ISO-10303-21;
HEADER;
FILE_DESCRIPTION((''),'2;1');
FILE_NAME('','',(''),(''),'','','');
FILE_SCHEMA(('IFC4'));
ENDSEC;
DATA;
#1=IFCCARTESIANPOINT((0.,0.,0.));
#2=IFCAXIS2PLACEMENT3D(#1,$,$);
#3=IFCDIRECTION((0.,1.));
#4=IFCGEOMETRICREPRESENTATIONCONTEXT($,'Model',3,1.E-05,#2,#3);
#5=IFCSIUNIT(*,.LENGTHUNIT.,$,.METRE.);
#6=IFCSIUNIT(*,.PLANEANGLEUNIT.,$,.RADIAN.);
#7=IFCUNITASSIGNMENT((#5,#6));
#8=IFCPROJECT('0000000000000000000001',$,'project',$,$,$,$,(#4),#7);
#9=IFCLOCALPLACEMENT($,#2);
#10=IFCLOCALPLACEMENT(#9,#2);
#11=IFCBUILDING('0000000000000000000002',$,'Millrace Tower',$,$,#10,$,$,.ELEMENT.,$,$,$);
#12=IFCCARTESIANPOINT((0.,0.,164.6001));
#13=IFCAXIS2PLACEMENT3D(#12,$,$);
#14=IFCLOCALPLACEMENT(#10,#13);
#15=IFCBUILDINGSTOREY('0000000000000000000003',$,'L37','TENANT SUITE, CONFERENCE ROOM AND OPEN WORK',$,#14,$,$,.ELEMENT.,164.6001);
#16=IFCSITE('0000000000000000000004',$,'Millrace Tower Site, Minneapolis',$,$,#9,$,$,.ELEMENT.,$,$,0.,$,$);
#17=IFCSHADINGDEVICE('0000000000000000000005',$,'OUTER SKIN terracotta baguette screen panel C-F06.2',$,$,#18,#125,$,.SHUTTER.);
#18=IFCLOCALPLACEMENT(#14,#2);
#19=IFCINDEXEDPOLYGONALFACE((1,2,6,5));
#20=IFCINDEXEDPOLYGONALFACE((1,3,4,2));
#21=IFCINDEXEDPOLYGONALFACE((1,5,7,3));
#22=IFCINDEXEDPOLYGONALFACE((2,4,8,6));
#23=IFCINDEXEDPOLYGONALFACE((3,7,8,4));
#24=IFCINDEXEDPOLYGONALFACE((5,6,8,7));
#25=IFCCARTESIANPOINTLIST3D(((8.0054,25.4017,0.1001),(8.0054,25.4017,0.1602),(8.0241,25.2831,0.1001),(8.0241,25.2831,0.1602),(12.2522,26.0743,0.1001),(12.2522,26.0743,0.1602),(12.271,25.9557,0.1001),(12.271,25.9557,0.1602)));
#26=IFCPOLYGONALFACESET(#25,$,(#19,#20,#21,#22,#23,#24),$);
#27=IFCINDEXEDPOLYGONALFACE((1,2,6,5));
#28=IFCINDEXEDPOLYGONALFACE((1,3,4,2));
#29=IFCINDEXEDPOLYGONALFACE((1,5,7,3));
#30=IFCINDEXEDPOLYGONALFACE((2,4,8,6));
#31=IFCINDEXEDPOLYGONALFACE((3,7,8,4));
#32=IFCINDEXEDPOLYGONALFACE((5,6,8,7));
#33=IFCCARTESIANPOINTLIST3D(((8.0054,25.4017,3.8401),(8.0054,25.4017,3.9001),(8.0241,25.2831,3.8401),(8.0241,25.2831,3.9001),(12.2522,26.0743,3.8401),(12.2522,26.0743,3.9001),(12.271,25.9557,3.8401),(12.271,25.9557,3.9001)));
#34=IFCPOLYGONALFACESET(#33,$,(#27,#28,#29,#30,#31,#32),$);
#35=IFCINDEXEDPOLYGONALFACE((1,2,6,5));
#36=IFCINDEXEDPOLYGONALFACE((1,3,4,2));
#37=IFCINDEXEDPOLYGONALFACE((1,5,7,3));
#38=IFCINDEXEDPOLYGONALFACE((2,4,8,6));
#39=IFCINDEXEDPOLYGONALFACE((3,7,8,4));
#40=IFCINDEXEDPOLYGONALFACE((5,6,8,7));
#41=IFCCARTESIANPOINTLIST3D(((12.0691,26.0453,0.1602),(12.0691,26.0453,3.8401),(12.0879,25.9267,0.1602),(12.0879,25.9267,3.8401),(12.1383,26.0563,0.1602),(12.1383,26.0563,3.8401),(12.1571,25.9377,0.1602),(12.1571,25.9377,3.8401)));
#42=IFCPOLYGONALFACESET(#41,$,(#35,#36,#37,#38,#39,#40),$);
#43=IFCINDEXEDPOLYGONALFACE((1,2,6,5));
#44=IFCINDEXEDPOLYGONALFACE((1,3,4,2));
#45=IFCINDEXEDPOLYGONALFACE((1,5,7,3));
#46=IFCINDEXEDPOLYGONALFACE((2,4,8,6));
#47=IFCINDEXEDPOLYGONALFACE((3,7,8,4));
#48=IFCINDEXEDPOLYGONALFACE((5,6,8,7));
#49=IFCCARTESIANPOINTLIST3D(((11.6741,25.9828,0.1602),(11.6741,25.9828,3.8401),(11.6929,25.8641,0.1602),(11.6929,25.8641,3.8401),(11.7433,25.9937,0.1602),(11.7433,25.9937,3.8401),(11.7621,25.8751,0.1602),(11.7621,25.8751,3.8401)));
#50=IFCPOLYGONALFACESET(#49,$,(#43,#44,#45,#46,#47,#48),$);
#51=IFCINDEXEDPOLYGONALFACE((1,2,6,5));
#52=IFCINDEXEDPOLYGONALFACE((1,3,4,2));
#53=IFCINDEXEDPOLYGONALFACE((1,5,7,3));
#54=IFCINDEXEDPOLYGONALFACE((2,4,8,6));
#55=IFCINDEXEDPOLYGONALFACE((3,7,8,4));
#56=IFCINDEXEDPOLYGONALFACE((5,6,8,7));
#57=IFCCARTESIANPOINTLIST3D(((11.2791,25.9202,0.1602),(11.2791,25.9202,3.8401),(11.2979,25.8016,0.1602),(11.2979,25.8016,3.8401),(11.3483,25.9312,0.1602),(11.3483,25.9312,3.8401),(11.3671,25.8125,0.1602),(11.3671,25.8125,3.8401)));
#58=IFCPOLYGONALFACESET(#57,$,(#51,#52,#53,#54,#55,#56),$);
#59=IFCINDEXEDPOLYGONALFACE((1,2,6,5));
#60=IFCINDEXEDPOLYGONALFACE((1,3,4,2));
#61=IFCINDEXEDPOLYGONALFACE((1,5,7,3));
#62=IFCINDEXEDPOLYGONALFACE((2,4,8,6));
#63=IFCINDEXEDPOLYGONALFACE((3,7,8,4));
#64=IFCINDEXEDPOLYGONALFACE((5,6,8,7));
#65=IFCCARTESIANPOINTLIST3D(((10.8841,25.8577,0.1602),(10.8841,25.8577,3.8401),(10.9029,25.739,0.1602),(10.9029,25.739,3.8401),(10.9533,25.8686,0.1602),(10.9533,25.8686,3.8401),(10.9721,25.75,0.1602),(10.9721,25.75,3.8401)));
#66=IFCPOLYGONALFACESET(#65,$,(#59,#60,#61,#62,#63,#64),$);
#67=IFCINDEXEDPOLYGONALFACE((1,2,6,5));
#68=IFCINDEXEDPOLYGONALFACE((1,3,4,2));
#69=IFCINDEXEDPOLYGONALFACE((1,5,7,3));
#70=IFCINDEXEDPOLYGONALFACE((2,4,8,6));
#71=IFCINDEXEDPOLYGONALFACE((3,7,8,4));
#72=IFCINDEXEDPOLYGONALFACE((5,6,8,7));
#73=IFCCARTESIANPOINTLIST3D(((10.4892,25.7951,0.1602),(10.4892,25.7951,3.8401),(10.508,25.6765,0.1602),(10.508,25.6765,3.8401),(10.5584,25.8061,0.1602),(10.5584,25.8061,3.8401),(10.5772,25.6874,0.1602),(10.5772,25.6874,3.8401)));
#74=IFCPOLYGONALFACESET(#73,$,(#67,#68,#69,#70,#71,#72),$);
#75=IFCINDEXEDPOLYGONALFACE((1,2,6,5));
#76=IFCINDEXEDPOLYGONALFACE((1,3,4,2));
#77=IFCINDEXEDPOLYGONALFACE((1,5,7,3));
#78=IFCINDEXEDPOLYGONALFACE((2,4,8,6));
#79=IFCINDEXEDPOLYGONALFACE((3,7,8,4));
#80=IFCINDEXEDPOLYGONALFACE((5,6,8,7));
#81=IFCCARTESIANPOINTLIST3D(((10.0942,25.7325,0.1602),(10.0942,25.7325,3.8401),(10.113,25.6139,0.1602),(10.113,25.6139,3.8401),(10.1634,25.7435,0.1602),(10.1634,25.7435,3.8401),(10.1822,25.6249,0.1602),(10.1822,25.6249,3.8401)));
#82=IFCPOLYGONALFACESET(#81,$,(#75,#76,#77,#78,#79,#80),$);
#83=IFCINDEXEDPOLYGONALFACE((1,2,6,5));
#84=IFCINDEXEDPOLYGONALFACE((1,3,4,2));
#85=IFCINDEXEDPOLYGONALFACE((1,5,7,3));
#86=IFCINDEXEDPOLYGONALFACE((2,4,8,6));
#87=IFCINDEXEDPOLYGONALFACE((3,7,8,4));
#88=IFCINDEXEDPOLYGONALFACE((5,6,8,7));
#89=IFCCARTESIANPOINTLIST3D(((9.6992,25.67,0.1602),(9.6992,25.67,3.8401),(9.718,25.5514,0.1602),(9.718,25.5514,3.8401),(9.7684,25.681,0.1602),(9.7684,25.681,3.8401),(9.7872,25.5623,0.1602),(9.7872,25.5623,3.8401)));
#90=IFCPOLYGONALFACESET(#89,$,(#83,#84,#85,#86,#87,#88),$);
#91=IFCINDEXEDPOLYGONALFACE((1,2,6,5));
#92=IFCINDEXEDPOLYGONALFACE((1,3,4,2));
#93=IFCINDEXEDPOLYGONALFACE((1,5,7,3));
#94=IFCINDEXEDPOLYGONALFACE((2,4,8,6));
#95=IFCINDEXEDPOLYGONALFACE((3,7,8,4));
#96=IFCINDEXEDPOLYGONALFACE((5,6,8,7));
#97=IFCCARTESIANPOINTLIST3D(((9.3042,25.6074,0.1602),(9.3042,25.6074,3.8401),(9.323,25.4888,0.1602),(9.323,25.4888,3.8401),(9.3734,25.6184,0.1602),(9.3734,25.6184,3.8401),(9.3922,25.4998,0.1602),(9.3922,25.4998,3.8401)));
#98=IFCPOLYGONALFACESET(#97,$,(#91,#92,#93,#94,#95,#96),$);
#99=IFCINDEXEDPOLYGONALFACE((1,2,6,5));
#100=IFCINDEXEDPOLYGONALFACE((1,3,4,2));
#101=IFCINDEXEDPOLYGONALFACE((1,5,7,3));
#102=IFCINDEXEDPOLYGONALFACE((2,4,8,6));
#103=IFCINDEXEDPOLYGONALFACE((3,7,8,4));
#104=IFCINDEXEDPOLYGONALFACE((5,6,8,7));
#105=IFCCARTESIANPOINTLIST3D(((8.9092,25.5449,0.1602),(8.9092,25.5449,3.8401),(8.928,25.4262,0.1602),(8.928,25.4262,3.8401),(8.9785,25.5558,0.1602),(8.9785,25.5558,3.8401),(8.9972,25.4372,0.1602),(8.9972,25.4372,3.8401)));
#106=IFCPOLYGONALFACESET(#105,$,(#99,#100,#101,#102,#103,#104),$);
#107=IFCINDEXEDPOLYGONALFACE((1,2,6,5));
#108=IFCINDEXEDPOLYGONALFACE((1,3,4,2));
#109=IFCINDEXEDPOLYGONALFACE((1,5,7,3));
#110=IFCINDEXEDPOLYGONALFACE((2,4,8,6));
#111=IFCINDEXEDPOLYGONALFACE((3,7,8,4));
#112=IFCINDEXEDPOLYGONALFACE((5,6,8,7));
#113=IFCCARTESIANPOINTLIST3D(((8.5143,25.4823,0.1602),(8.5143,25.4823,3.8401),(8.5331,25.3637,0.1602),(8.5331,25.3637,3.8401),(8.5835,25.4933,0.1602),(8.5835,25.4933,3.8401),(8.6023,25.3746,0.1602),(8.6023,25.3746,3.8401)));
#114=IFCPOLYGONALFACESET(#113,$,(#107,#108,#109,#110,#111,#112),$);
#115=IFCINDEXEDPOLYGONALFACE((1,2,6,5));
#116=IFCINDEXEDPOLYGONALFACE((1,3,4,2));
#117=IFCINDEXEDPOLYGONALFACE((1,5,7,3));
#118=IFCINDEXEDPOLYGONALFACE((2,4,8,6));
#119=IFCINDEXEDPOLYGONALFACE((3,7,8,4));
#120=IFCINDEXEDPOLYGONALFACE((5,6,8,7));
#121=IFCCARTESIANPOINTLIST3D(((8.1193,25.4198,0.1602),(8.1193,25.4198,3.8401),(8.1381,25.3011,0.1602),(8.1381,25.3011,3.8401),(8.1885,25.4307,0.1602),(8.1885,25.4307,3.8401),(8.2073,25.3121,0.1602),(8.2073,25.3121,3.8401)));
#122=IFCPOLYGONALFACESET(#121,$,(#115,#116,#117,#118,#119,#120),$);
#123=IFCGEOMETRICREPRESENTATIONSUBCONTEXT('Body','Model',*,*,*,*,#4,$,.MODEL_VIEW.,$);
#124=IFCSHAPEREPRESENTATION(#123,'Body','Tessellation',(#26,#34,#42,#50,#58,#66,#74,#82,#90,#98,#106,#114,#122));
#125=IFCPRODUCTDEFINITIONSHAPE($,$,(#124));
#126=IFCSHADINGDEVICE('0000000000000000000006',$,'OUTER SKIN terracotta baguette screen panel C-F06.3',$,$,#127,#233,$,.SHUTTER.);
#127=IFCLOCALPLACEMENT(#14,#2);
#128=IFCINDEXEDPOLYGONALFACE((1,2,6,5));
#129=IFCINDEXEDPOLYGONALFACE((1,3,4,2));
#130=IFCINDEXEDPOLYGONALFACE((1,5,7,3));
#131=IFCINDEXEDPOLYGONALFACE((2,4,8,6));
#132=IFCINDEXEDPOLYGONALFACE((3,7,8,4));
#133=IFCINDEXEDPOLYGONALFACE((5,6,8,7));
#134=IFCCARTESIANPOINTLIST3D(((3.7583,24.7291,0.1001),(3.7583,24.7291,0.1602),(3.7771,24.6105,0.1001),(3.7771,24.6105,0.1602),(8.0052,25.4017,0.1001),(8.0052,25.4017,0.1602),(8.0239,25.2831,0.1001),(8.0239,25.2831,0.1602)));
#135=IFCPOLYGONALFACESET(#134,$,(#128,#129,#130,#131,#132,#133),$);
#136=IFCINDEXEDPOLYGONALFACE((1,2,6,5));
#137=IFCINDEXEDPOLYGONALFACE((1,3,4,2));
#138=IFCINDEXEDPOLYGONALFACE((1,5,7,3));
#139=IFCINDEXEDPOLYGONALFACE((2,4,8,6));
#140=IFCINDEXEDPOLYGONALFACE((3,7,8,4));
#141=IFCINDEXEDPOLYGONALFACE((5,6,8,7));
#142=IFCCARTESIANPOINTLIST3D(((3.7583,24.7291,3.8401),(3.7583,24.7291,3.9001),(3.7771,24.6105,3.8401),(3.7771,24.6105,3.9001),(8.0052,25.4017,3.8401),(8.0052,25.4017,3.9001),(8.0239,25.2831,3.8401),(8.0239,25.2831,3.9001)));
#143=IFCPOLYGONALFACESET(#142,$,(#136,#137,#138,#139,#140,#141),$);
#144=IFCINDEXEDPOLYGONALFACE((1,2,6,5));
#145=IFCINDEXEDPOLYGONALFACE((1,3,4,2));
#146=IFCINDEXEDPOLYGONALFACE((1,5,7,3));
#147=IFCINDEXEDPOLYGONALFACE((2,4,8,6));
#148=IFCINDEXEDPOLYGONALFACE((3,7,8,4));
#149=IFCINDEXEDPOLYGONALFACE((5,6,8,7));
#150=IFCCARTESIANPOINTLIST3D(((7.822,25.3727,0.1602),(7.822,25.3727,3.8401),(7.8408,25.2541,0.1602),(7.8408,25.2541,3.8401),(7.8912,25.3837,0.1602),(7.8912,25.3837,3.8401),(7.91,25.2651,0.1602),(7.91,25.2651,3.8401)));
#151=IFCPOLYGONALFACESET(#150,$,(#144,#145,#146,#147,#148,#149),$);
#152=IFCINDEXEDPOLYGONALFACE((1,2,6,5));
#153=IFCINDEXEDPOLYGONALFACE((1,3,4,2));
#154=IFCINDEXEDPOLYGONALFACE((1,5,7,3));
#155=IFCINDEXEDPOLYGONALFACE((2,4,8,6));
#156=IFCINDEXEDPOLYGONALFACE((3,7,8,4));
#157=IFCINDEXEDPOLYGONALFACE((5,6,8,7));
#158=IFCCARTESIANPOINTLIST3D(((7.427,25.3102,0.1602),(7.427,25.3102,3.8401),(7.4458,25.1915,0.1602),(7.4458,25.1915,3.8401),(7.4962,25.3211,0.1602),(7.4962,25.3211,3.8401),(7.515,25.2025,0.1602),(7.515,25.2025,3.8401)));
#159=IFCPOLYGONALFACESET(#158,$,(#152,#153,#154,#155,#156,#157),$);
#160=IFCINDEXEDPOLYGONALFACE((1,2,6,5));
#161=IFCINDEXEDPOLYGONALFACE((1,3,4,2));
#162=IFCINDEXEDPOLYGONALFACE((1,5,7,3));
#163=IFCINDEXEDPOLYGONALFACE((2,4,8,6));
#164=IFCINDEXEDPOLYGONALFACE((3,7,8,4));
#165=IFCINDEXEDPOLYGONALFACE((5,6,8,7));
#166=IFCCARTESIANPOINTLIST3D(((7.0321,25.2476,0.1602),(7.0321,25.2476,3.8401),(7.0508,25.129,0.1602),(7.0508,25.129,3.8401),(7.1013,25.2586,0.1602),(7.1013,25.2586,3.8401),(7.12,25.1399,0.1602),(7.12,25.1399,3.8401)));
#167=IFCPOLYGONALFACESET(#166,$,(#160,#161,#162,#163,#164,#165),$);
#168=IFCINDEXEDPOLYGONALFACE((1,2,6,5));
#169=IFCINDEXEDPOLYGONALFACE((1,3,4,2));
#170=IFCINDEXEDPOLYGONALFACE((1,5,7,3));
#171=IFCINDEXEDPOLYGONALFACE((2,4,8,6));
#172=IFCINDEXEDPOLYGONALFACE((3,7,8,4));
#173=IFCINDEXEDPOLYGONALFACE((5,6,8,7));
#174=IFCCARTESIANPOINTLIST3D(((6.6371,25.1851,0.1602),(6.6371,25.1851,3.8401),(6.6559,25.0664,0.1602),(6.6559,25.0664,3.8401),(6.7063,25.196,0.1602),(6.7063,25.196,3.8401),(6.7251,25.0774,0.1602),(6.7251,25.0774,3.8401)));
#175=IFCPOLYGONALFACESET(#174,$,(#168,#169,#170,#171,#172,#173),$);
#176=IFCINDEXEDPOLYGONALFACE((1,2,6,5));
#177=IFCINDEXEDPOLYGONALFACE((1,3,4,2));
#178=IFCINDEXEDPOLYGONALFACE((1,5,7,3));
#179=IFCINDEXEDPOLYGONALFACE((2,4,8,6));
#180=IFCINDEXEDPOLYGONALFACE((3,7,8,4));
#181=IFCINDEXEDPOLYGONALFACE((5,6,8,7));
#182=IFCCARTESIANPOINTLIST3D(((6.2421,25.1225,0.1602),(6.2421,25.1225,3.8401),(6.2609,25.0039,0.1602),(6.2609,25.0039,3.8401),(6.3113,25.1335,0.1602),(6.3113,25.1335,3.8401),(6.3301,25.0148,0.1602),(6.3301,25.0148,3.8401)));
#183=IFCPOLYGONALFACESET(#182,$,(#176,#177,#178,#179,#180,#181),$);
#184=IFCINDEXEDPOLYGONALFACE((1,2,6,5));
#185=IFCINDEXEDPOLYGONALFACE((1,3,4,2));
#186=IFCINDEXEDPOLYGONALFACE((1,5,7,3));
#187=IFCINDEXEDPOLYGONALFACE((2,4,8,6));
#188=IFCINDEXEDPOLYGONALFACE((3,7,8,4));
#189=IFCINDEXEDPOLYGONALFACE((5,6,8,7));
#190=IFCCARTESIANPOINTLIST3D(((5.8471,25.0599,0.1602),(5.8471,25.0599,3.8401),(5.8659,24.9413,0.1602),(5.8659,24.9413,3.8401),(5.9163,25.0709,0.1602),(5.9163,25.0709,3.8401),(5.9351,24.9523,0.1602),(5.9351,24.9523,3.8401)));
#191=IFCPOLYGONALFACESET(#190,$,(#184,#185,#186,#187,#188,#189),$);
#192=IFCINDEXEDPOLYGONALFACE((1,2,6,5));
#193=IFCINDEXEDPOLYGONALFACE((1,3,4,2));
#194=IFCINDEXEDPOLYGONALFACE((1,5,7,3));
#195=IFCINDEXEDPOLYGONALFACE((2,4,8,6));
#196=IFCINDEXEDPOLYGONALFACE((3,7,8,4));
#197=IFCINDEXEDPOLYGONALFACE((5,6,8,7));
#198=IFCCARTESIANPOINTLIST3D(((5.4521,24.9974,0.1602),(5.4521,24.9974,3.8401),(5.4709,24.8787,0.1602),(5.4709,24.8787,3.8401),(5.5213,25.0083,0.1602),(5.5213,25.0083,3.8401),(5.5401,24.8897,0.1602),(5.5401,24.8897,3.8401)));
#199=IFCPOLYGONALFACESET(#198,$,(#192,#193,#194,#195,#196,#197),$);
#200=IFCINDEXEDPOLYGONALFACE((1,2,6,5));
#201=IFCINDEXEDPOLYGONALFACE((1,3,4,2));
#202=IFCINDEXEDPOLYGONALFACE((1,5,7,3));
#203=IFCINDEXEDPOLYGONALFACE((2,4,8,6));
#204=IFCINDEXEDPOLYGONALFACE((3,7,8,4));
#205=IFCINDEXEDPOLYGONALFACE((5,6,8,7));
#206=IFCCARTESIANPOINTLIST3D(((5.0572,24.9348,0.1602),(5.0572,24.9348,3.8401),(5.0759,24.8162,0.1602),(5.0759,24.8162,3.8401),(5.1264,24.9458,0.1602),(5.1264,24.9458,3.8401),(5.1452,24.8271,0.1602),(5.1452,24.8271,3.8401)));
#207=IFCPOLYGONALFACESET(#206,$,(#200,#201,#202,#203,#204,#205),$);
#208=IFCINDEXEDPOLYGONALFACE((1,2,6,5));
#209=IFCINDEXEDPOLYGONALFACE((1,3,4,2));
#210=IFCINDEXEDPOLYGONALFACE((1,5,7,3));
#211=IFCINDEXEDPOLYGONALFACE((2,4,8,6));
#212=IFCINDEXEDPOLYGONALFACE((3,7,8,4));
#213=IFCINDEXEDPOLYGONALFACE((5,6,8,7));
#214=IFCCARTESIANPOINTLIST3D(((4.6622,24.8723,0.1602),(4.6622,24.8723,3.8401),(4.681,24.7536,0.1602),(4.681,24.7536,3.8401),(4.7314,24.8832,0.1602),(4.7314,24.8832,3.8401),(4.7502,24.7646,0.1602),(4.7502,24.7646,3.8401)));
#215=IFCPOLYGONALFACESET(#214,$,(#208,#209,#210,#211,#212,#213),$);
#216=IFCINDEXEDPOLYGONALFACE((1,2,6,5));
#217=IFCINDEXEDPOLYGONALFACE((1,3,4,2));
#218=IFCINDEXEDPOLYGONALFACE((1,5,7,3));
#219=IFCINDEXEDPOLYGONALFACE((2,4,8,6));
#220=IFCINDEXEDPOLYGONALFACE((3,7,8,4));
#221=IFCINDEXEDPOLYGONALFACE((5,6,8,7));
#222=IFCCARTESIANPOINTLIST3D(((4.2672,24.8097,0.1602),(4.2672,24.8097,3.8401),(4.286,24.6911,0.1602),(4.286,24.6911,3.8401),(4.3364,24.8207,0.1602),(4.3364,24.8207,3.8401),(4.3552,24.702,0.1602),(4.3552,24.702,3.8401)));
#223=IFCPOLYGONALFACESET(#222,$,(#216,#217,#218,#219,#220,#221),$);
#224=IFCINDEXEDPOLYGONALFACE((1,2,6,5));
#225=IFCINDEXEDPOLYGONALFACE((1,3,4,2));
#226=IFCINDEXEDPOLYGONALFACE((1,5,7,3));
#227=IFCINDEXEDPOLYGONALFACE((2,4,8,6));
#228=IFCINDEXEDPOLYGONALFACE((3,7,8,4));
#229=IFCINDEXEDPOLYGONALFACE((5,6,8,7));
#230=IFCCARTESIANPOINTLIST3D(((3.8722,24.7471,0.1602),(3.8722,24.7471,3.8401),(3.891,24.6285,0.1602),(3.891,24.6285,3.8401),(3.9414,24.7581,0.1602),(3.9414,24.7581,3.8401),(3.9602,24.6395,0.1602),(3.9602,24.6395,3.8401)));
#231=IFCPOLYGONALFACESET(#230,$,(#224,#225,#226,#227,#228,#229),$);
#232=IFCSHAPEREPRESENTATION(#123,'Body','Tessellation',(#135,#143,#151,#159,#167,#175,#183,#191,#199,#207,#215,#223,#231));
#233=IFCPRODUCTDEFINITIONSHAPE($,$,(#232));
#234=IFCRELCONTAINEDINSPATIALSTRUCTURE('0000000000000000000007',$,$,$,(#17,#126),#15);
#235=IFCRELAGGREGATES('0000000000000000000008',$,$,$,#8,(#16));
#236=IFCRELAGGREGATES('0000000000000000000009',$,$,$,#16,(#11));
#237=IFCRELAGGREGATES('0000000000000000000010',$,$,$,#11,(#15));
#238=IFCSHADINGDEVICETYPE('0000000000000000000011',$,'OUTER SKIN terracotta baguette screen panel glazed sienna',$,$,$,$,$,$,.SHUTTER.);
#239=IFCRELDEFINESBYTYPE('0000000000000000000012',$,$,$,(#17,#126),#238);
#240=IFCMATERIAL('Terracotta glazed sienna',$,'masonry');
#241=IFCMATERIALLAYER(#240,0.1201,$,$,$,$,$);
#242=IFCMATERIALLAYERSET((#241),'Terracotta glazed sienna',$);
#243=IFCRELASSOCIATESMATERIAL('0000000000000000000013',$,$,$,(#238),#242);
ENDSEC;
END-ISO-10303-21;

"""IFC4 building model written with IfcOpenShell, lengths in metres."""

from ifc_helpers import new_model, entity, si_unit, direction, frame, frame_2d, origin, origin_2d, place, context, subcontext, project, spatial, rectangle, extrude, source, transform, mapped, material, layer, layer_set, type_object, element, save


model = new_model("IFC4")

# Units and contexts
model_context = context("Model", 3, precision=1e-05, world=origin(), true_north=direction((0.0, 1.0)))
body_context = subcontext(model_context, "Body", "Model", "MODEL_VIEW")
ifc_project = project(units=[si_unit("LENGTHUNIT", "METRE"), si_unit("PLANEANGLEUNIT", "RADIAN")], contexts=[model_context])

# Site, building, storey
site_placement = place(None, origin())
site = spatial("IfcSite", under=ifc_project, at=site_placement, Name="Millrace Tower Site, Minneapolis", CompositionType="ELEMENT", RefElevation=0.0)
building_placement = place(site_placement, origin())
building = spatial("IfcBuilding", under=site, at=building_placement, Name="Millrace Tower", CompositionType="ELEMENT")
storey_placement = place(building_placement, frame((0.0, 0.0, 164.6001)))
storey = spatial("IfcBuildingStorey", under=building, at=storey_placement, Name="L37", Description="TENANT SUITE, CONFERENCE ROOM AND OPEN WORK", CompositionType="ELEMENT", Elevation=164.6001)

# Shading devices
ifc_material_1 = material(Name="Terracotta glazed sienna", Category="masonry")
ifc_layer_1 = layer(ifc_material_1, 0.1201)
ifc_layer_set_1 = layer_set([ifc_layer_1], Name="Terracotta glazed sienna")
shading_device_type = type_object("IfcShadingDeviceType", Name="OUTER SKIN terracotta baguette screen panel glazed sienna", PredefinedType="SHUTTER", material=ifc_layer_set_1)
cartesian_point_1 = entity("IfcCartesianPoint", [-2.1499, 0.0601])
shared_polyline_1 = entity("IfcPolyline", [cartesian_point_1, entity("IfcCartesianPoint", [2.1499, 0.0601]), entity("IfcCartesianPoint", [2.1499, -0.0601]), entity("IfcCartesianPoint", [-2.1499, -0.0601]), cartesian_point_1])
shared_shape_1 = source(origin(), body_context, "Body", "SweptSolid", [
    entity("IfcExtrudedAreaSolid", entity("IfcArbitraryClosedProfileDef", "AREA", None, shared_polyline_1), entity("IfcAxis2Placement3D", entity("IfcCartesianPoint", [0.0, 0.0, 0.0])), entity("IfcDirection", [0.0, 0.0, 1.0]), 0.0601),
    entity("IfcExtrudedAreaSolid", entity("IfcArbitraryClosedProfileDef", "AREA", None, shared_polyline_1), entity("IfcAxis2Placement3D", entity("IfcCartesianPoint", [0.0, 0.0, 3.74])), entity("IfcDirection", [0.0, 0.0, 1.0]), 0.0601),
    extrude(rectangle(XDim=0.0701, YDim=0.1201, at=frame_2d((-1.9995, 0.0))), frame((0.0, 0.0, 0.0601)), (0.0, 0.0, 1.0), 3.6799),
    extrude(rectangle(XDim=0.0701, YDim=0.1201, at=frame_2d((-1.5996, 0.0))), frame((0.0, 0.0, 0.0601)), (0.0, 0.0, 1.0), 3.6799),
    extrude(rectangle(XDim=0.0701, YDim=0.1201, at=frame_2d((-1.1997, 0.0))), frame((0.0, 0.0, 0.0601)), (0.0, 0.0, 1.0), 3.6799),
    extrude(rectangle(XDim=0.0701, YDim=0.1201, at=frame_2d((-0.7998, 0.0))), frame((0.0, 0.0, 0.0601)), (0.0, 0.0, 1.0), 3.6799),
    extrude(rectangle(XDim=0.0701, YDim=0.1201, at=frame_2d((-0.3999, 0.0))), frame((0.0, 0.0, 0.0601)), (0.0, 0.0, 1.0), 3.6799),
    extrude(rectangle(XDim=0.0701, YDim=0.1201, at=origin_2d()), frame((0.0, 0.0, 0.0601)), (0.0, 0.0, 1.0), 3.6799),
    extrude(rectangle(XDim=0.0701, YDim=0.1201, at=frame_2d((0.3999, 0.0))), frame((0.0, 0.0, 0.0601)), (0.0, 0.0, 1.0), 3.6799),
    extrude(rectangle(XDim=0.0701, YDim=0.1201, at=frame_2d((0.7998, 0.0))), frame((0.0, 0.0, 0.0601)), (0.0, 0.0, 1.0), 3.6799),
    extrude(rectangle(XDim=0.0701, YDim=0.1201, at=frame_2d((1.1997, 0.0))), frame((0.0, 0.0, 0.0601)), (0.0, 0.0, 1.0), 3.6799),
    extrude(rectangle(XDim=0.0701, YDim=0.1201, at=frame_2d((1.5996, 0.0))), frame((0.0, 0.0, 0.0601)), (0.0, 0.0, 1.0), 3.6799),
    extrude(rectangle(XDim=0.0701, YDim=0.1201, at=frame_2d((1.9995, 0.0))), frame((0.0, 0.0, 0.0601)), (0.0, 0.0, 1.0), 3.6799),
])
for number, where, z_axis, x_axis, name in (
    (1, (10.1382, 25.6787, 0.1001), (0.0, 0.0, 1.0), (-0.987688, -0.156434, 0.0), "OUTER SKIN terracotta baguette screen panel C-F06.2"),
    (2, (5.8911, 25.0061, 0.1001), (0.0, 0.0, 1.0), (-0.987688, -0.156434, 0.0), "OUTER SKIN terracotta baguette screen panel C-F06.3"),
):
    element("IfcShadingDevice", number, at=place(storey_placement, frame(where, z_axis=z_axis, x_axis=x_axis)), inside=storey, type_object=shading_device_type, Name=name, PredefinedType="SHUTTER", context=body_context, shape_type="MappedRepresentation", body=[
        mapped(shared_shape_1, transform((0.0, 0.0, 0.0), scale=1.0)),
    ])

save(model, "model.ifc")
